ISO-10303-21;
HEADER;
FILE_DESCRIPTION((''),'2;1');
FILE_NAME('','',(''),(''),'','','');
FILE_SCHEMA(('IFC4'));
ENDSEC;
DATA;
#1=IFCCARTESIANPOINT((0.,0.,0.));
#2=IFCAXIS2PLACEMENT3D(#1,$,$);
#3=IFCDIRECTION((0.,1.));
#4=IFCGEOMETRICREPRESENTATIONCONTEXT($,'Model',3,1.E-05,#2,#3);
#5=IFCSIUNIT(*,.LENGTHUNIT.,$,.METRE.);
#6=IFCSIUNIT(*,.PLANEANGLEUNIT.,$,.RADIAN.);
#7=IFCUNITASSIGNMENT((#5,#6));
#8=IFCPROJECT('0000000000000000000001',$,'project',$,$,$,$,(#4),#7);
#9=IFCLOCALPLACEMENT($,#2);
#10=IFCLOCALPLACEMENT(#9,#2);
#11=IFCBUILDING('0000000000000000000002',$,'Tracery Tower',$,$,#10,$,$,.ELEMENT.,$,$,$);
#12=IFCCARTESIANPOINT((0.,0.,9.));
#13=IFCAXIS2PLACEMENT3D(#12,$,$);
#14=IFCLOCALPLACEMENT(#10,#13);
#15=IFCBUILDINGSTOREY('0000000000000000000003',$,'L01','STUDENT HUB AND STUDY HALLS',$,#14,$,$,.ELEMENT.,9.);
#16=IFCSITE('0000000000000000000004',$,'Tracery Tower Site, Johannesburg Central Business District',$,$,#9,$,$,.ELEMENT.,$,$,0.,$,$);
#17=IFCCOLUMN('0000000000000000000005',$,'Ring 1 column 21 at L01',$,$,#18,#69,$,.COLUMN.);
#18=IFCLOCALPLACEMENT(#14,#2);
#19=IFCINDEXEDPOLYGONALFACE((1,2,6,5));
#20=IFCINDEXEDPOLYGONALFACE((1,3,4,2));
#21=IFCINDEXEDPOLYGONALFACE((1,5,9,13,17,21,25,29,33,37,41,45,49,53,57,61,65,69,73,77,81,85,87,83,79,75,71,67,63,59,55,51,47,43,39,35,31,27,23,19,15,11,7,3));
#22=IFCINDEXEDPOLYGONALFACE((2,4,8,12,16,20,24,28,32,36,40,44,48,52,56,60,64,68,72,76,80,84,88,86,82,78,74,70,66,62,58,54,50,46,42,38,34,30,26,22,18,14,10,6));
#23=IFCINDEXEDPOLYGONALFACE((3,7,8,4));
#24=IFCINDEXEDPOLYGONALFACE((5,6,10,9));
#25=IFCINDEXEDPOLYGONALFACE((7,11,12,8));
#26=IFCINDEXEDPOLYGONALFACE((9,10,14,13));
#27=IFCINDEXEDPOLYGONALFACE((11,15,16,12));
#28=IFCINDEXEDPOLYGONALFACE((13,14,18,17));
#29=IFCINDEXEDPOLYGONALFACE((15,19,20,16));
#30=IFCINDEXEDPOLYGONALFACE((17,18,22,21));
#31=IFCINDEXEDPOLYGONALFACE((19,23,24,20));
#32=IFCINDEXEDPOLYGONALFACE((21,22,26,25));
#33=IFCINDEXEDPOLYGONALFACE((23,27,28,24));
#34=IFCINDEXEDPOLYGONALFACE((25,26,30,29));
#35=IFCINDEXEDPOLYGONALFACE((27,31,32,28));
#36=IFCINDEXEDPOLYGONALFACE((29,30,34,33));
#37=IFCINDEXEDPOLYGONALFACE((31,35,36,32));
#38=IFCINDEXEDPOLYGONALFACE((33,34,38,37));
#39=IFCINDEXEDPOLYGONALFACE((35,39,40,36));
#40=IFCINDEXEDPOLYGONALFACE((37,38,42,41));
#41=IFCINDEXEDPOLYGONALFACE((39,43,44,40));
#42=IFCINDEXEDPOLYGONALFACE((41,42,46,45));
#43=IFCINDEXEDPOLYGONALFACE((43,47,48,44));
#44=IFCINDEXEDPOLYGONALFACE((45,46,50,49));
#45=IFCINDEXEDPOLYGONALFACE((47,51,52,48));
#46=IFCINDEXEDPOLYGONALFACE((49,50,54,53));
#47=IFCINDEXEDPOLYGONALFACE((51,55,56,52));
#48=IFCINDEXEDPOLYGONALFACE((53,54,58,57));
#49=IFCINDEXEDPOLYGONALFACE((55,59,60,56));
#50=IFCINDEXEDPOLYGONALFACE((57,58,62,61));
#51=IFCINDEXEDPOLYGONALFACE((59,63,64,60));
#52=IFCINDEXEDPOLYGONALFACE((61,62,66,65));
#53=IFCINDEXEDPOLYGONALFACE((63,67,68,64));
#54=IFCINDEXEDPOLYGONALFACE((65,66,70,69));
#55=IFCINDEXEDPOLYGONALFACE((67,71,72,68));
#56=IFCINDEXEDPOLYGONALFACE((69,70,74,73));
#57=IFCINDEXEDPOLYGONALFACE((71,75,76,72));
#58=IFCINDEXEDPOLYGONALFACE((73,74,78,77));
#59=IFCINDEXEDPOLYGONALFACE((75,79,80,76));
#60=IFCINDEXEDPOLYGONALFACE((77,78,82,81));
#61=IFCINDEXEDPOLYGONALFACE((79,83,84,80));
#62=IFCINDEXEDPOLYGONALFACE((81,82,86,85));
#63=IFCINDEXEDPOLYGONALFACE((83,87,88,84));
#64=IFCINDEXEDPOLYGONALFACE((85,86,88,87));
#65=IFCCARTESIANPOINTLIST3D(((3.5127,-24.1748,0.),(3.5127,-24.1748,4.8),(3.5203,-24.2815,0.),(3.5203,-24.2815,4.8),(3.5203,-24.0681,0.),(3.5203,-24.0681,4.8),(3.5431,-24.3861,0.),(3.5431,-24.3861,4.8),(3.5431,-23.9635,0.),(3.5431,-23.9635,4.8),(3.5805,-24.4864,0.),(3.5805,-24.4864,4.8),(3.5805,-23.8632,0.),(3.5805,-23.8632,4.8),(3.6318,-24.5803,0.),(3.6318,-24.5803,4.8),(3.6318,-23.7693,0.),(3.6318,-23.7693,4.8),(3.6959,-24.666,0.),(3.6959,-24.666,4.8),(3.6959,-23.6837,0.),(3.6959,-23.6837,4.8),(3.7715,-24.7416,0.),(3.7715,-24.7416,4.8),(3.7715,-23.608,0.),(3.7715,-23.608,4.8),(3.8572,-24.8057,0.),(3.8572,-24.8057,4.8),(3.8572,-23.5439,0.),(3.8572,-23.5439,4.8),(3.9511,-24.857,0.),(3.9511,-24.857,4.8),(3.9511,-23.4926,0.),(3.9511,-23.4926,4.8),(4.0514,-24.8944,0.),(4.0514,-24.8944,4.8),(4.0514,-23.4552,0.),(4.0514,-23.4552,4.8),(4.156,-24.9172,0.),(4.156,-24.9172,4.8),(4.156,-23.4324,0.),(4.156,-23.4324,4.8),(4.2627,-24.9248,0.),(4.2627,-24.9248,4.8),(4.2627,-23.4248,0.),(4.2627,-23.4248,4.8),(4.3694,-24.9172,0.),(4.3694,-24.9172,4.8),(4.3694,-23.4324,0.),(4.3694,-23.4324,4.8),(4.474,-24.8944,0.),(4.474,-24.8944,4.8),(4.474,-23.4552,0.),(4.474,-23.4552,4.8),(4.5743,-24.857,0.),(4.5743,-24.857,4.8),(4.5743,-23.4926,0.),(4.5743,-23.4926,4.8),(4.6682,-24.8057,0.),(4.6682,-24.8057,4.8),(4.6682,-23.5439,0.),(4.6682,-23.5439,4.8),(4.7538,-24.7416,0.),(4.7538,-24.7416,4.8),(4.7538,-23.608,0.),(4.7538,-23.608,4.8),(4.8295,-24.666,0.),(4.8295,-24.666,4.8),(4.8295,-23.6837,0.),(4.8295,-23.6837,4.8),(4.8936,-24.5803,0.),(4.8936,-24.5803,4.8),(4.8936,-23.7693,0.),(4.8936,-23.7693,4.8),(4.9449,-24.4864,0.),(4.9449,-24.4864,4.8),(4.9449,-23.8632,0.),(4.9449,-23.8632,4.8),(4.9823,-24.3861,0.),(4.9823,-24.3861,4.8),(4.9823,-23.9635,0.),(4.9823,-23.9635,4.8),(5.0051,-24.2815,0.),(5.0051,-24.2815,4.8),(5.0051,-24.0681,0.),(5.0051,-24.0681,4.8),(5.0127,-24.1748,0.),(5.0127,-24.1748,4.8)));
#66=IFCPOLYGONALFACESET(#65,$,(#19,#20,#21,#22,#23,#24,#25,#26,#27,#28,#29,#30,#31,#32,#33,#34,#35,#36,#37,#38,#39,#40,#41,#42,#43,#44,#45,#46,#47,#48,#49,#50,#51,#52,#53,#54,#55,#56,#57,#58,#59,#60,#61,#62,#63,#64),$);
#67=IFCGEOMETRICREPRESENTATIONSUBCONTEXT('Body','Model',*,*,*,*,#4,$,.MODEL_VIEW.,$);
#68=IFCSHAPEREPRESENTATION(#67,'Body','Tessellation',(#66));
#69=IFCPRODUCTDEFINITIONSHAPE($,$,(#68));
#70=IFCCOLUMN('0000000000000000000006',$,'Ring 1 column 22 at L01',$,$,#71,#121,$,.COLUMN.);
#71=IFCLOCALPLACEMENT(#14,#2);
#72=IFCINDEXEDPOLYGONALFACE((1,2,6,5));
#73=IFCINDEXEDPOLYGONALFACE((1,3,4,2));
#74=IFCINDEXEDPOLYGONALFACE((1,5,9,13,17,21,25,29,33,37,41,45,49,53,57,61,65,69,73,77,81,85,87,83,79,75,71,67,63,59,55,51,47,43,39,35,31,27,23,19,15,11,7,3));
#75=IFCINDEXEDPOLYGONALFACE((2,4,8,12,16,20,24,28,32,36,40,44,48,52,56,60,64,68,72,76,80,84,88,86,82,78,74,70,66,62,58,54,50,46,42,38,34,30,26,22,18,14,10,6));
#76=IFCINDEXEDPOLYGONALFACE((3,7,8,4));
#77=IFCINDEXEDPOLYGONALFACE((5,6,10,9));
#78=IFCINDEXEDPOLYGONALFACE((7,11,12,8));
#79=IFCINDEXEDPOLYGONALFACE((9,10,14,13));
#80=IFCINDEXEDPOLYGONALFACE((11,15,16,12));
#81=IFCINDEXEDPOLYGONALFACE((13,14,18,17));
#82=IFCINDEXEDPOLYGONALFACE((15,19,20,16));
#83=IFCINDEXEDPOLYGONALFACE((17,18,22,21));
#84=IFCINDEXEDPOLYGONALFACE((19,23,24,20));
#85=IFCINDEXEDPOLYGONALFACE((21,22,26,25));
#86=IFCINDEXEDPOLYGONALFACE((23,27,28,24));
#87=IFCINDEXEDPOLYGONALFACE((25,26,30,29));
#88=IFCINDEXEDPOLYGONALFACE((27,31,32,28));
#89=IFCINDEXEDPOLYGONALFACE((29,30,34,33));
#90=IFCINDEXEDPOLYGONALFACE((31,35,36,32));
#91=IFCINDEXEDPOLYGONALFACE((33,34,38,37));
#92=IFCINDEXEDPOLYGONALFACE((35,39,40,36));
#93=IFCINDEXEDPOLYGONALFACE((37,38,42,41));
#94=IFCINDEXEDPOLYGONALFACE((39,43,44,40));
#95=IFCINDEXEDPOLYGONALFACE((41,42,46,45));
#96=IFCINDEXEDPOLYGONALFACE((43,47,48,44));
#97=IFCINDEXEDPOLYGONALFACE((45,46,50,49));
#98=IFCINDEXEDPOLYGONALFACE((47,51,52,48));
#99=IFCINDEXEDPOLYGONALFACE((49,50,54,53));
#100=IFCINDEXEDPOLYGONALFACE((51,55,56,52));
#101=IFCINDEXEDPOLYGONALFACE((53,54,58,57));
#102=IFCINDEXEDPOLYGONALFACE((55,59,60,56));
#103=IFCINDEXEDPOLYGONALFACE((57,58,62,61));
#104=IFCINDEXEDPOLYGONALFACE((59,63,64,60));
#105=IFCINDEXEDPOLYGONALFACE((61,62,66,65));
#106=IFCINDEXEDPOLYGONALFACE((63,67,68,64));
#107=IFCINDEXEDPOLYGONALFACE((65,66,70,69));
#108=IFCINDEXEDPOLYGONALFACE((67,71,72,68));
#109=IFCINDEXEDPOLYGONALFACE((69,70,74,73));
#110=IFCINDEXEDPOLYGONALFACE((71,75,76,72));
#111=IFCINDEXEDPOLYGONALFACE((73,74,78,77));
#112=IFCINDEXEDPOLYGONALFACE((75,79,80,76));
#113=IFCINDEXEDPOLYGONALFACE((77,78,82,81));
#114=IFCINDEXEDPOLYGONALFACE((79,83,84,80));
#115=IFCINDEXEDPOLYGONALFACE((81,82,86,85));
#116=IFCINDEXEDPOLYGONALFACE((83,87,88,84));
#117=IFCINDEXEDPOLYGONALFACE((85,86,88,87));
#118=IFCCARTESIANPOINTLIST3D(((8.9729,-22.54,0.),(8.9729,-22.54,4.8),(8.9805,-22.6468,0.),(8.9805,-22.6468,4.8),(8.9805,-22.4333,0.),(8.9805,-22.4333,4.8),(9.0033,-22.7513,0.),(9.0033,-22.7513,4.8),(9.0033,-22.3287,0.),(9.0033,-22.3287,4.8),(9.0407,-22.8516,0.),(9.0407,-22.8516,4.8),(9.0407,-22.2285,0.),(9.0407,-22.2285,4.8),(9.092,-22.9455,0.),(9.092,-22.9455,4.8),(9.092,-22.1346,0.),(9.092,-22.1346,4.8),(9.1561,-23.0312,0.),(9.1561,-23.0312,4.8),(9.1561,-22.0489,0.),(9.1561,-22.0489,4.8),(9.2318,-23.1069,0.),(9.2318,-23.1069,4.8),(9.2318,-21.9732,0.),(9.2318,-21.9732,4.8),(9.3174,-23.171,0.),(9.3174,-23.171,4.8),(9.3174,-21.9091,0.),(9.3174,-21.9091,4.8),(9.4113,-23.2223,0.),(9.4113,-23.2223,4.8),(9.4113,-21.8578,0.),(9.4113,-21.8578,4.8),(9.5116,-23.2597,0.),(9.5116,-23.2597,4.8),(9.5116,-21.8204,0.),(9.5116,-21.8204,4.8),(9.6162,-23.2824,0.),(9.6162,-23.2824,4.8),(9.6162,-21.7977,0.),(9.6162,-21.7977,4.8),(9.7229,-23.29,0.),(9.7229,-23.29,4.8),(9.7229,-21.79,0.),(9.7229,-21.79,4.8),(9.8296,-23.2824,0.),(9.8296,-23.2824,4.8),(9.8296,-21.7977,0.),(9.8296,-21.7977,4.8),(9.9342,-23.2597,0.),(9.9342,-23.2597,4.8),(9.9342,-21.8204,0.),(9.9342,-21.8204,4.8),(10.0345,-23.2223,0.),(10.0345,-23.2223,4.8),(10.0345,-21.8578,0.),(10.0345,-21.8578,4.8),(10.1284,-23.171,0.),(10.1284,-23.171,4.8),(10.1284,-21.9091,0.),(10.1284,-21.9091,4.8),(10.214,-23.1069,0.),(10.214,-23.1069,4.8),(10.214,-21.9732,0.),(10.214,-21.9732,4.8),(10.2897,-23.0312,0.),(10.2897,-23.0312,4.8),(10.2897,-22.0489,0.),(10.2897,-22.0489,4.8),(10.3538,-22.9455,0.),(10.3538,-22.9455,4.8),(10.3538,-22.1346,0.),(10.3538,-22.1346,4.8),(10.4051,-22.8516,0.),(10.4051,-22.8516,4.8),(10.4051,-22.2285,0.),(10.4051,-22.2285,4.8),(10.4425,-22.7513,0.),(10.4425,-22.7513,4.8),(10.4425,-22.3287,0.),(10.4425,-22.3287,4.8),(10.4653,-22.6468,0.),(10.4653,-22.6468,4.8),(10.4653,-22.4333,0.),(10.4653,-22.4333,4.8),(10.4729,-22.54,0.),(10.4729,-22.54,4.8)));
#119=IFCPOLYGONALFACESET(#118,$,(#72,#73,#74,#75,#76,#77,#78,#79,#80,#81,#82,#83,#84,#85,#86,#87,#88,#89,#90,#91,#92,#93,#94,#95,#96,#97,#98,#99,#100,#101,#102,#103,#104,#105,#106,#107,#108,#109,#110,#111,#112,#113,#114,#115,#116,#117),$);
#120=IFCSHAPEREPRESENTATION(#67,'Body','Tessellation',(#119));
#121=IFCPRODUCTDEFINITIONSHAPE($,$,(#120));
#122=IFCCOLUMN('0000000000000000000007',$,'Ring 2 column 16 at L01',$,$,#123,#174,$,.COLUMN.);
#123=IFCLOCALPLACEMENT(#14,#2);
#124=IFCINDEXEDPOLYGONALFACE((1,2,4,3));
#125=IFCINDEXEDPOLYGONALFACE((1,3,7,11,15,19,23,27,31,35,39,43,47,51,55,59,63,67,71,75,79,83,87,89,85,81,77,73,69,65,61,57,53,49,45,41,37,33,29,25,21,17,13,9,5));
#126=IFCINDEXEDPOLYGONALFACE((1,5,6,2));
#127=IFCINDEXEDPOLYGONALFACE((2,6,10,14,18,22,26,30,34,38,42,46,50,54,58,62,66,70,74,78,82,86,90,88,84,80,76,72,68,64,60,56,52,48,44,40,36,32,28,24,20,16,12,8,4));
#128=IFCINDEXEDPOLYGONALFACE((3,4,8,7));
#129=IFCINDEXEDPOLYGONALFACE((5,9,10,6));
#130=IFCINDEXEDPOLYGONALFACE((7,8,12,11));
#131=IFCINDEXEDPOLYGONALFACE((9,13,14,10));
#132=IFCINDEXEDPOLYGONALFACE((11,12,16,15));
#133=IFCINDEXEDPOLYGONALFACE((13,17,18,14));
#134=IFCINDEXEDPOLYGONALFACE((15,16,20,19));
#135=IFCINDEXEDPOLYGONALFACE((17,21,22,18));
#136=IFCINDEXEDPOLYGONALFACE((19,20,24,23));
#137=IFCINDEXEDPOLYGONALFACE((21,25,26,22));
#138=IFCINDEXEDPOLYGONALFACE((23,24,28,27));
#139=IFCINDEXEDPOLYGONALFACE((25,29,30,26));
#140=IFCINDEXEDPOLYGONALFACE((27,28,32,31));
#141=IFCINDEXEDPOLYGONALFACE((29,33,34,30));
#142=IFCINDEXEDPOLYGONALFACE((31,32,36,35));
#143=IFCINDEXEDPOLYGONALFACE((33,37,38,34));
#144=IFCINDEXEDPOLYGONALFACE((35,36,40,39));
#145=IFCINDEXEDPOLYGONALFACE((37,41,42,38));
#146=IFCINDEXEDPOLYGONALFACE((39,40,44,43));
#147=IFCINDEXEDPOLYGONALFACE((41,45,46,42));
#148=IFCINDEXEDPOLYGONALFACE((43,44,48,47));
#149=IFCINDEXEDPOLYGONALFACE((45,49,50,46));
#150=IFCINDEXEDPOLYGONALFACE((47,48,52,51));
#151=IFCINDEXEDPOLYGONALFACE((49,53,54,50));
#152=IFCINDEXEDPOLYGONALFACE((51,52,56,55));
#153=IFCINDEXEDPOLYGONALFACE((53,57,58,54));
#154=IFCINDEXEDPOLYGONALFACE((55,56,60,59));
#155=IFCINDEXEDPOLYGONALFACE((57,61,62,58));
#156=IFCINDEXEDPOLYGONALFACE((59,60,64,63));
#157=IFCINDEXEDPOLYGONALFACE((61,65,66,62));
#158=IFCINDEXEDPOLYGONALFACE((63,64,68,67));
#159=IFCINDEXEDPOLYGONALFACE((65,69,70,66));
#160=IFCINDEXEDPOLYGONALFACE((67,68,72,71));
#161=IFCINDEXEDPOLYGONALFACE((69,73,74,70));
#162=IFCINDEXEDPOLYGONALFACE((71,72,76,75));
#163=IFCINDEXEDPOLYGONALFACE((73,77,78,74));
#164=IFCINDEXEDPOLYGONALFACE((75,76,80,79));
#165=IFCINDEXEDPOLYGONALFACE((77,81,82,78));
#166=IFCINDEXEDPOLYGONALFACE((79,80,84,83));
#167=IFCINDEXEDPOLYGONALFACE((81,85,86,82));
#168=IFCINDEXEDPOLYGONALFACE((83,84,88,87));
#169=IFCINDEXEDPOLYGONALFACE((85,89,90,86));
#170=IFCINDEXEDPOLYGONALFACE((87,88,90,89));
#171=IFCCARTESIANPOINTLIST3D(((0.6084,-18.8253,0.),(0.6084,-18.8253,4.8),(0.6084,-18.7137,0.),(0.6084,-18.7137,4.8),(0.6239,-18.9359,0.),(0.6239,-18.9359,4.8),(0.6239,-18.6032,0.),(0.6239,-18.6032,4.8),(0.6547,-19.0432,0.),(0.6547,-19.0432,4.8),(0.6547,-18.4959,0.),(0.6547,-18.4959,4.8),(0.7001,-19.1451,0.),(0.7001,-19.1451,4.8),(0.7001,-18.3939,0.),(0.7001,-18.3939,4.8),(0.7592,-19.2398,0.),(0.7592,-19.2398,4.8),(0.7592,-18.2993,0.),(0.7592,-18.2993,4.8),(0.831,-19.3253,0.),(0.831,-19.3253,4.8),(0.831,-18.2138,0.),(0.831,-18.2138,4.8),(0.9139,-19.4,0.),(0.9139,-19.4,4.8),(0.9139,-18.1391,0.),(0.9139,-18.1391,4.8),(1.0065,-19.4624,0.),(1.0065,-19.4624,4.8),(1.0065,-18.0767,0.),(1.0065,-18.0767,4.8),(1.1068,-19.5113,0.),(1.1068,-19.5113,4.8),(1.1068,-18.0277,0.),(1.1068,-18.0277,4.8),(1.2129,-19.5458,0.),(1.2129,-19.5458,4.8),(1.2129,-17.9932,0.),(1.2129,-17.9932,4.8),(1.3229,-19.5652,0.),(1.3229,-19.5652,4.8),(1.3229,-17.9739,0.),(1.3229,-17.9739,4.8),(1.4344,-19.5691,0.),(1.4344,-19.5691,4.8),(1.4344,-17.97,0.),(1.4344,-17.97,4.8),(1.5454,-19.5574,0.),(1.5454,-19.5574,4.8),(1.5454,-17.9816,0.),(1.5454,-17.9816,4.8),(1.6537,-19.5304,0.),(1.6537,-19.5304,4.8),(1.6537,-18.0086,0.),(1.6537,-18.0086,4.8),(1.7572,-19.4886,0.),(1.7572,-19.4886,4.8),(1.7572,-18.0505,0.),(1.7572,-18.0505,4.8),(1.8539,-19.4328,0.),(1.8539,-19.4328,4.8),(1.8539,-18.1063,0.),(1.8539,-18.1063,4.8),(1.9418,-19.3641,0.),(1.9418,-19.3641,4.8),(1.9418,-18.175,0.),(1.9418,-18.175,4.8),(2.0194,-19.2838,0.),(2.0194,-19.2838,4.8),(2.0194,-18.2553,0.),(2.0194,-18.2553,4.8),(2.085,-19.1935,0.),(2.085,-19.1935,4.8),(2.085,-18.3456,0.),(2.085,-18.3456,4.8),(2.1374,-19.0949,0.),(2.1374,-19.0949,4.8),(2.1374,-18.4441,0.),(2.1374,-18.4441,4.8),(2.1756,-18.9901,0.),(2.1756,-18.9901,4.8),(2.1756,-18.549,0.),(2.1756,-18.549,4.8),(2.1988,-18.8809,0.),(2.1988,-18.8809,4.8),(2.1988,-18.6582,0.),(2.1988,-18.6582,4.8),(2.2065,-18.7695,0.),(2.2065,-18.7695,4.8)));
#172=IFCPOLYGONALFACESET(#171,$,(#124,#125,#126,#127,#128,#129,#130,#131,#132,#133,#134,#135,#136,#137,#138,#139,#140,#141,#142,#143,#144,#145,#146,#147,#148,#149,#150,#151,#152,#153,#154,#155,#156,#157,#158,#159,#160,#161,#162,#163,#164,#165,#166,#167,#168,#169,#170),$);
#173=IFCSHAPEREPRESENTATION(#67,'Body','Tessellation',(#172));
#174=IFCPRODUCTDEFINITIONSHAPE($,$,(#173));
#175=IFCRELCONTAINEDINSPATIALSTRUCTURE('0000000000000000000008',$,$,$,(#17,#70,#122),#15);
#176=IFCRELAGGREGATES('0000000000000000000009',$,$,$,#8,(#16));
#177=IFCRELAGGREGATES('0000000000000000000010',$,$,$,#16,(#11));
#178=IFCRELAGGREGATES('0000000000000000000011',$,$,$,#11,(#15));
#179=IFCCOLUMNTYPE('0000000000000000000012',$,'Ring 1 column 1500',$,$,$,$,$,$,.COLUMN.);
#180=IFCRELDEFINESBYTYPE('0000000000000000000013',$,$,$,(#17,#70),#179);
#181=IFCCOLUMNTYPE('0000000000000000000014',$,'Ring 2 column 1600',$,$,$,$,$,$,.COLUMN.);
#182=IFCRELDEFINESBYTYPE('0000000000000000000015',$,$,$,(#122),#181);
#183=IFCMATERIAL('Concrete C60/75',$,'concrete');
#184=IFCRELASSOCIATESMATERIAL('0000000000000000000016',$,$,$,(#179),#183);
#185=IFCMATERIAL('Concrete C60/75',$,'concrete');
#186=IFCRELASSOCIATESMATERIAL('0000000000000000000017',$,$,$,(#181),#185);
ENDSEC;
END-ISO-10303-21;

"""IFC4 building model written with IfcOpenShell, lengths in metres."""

from ifc_helpers import new_model, si_unit, direction, frame, origin, origin_2d, place, context, subcontext, project, spatial, circle, extrude, material, material_profile, profile_set, type_object, element, save


model = new_model("IFC4")

# Units and contexts
model_context = context("Model", 3, precision=1e-05, world=origin(), true_north=direction((0.0, 1.0)))
body_context = subcontext(model_context, "Body", "Model", "MODEL_VIEW")
ifc_project = project(units=[si_unit("LENGTHUNIT", "METRE"), si_unit("PLANEANGLEUNIT", "RADIAN")], contexts=[model_context])

# Site, building, storey
site_placement = place(None, origin())
site = spatial("IfcSite", under=ifc_project, at=site_placement, Name="Tracery Tower Site, Johannesburg Central Business District", CompositionType="ELEMENT", RefElevation=0.0)
building_placement = place(site_placement, origin())
building = spatial("IfcBuilding", under=site, at=building_placement, Name="Tracery Tower", CompositionType="ELEMENT")
storey_placement = place(building_placement, frame((0.0, 0.0, 9.0)))
storey = spatial("IfcBuildingStorey", under=building, at=storey_placement, Name="L01", Description="STUDENT HUB AND STUDY HALLS", CompositionType="ELEMENT", Elevation=9.0)

# Columns
ifc_material_1 = material(Name="Concrete C60/75", Category="concrete")
ifc_material_profile_1 = material_profile(ifc_material_1, circle(Radius=0.75, at=origin_2d()), Name="RC D1500")
ifc_profile_set_1 = profile_set([ifc_material_profile_1], Name="Concrete C60/75")
column_type_1 = type_object("IfcColumnType", Name="Ring 1 column 1500", PredefinedType="COLUMN", material=ifc_profile_set_1)
for number, where, z_axis, x_axis, name in (
    (1, (4.2627, -24.1748, 0.0), (0.0, 0.0, 1.0), (1.0, 0.0, 0.0), "Ring 1 column 21 at L01"),
    (2, (9.7229, -22.54, 0.0), (0.0, 0.0, 1.0), (1.0, 0.0, 0.0), "Ring 1 column 22 at L01"),
):
    element("IfcColumn", number, at=place(storey_placement, frame(where, z_axis=z_axis, x_axis=x_axis)), inside=storey, type_object=column_type_1, Name=name, PredefinedType="COLUMN", context=body_context, shape_type="SweptSolid", body=[
        extrude(circle(Radius=0.75, at=origin_2d()), origin(), (0.0, 0.0, 1.0), 4.8),
    ])
ifc_material_2 = material(Name="Concrete C60/75", Category="concrete")
ifc_material_profile_2 = material_profile(ifc_material_2, circle(Radius=0.8, at=origin_2d()), Name="RC D1600")
ifc_profile_set_2 = profile_set([ifc_material_profile_2], Name="Concrete C60/75")
column_type_2 = type_object("IfcColumnType", Name="Ring 2 column 1600", PredefinedType="COLUMN", material=ifc_profile_set_2)
for number, where, z_axis, x_axis, name in (
    (3, (1.4065, -18.7695, 0.0), (0.0, 0.0, 1.0), (1.0, 0.0, 0.0), "Ring 2 column 16 at L01"),
):
    element("IfcColumn", number, at=place(storey_placement, frame(where, z_axis=z_axis, x_axis=x_axis)), inside=storey, type_object=column_type_2, Name=name, PredefinedType="COLUMN", context=body_context, shape_type="SweptSolid", body=[
        extrude(circle(Radius=0.8, at=origin_2d()), origin(), (0.0, 0.0, 1.0), 4.8),
    ])

save(model, "model.ifc")
